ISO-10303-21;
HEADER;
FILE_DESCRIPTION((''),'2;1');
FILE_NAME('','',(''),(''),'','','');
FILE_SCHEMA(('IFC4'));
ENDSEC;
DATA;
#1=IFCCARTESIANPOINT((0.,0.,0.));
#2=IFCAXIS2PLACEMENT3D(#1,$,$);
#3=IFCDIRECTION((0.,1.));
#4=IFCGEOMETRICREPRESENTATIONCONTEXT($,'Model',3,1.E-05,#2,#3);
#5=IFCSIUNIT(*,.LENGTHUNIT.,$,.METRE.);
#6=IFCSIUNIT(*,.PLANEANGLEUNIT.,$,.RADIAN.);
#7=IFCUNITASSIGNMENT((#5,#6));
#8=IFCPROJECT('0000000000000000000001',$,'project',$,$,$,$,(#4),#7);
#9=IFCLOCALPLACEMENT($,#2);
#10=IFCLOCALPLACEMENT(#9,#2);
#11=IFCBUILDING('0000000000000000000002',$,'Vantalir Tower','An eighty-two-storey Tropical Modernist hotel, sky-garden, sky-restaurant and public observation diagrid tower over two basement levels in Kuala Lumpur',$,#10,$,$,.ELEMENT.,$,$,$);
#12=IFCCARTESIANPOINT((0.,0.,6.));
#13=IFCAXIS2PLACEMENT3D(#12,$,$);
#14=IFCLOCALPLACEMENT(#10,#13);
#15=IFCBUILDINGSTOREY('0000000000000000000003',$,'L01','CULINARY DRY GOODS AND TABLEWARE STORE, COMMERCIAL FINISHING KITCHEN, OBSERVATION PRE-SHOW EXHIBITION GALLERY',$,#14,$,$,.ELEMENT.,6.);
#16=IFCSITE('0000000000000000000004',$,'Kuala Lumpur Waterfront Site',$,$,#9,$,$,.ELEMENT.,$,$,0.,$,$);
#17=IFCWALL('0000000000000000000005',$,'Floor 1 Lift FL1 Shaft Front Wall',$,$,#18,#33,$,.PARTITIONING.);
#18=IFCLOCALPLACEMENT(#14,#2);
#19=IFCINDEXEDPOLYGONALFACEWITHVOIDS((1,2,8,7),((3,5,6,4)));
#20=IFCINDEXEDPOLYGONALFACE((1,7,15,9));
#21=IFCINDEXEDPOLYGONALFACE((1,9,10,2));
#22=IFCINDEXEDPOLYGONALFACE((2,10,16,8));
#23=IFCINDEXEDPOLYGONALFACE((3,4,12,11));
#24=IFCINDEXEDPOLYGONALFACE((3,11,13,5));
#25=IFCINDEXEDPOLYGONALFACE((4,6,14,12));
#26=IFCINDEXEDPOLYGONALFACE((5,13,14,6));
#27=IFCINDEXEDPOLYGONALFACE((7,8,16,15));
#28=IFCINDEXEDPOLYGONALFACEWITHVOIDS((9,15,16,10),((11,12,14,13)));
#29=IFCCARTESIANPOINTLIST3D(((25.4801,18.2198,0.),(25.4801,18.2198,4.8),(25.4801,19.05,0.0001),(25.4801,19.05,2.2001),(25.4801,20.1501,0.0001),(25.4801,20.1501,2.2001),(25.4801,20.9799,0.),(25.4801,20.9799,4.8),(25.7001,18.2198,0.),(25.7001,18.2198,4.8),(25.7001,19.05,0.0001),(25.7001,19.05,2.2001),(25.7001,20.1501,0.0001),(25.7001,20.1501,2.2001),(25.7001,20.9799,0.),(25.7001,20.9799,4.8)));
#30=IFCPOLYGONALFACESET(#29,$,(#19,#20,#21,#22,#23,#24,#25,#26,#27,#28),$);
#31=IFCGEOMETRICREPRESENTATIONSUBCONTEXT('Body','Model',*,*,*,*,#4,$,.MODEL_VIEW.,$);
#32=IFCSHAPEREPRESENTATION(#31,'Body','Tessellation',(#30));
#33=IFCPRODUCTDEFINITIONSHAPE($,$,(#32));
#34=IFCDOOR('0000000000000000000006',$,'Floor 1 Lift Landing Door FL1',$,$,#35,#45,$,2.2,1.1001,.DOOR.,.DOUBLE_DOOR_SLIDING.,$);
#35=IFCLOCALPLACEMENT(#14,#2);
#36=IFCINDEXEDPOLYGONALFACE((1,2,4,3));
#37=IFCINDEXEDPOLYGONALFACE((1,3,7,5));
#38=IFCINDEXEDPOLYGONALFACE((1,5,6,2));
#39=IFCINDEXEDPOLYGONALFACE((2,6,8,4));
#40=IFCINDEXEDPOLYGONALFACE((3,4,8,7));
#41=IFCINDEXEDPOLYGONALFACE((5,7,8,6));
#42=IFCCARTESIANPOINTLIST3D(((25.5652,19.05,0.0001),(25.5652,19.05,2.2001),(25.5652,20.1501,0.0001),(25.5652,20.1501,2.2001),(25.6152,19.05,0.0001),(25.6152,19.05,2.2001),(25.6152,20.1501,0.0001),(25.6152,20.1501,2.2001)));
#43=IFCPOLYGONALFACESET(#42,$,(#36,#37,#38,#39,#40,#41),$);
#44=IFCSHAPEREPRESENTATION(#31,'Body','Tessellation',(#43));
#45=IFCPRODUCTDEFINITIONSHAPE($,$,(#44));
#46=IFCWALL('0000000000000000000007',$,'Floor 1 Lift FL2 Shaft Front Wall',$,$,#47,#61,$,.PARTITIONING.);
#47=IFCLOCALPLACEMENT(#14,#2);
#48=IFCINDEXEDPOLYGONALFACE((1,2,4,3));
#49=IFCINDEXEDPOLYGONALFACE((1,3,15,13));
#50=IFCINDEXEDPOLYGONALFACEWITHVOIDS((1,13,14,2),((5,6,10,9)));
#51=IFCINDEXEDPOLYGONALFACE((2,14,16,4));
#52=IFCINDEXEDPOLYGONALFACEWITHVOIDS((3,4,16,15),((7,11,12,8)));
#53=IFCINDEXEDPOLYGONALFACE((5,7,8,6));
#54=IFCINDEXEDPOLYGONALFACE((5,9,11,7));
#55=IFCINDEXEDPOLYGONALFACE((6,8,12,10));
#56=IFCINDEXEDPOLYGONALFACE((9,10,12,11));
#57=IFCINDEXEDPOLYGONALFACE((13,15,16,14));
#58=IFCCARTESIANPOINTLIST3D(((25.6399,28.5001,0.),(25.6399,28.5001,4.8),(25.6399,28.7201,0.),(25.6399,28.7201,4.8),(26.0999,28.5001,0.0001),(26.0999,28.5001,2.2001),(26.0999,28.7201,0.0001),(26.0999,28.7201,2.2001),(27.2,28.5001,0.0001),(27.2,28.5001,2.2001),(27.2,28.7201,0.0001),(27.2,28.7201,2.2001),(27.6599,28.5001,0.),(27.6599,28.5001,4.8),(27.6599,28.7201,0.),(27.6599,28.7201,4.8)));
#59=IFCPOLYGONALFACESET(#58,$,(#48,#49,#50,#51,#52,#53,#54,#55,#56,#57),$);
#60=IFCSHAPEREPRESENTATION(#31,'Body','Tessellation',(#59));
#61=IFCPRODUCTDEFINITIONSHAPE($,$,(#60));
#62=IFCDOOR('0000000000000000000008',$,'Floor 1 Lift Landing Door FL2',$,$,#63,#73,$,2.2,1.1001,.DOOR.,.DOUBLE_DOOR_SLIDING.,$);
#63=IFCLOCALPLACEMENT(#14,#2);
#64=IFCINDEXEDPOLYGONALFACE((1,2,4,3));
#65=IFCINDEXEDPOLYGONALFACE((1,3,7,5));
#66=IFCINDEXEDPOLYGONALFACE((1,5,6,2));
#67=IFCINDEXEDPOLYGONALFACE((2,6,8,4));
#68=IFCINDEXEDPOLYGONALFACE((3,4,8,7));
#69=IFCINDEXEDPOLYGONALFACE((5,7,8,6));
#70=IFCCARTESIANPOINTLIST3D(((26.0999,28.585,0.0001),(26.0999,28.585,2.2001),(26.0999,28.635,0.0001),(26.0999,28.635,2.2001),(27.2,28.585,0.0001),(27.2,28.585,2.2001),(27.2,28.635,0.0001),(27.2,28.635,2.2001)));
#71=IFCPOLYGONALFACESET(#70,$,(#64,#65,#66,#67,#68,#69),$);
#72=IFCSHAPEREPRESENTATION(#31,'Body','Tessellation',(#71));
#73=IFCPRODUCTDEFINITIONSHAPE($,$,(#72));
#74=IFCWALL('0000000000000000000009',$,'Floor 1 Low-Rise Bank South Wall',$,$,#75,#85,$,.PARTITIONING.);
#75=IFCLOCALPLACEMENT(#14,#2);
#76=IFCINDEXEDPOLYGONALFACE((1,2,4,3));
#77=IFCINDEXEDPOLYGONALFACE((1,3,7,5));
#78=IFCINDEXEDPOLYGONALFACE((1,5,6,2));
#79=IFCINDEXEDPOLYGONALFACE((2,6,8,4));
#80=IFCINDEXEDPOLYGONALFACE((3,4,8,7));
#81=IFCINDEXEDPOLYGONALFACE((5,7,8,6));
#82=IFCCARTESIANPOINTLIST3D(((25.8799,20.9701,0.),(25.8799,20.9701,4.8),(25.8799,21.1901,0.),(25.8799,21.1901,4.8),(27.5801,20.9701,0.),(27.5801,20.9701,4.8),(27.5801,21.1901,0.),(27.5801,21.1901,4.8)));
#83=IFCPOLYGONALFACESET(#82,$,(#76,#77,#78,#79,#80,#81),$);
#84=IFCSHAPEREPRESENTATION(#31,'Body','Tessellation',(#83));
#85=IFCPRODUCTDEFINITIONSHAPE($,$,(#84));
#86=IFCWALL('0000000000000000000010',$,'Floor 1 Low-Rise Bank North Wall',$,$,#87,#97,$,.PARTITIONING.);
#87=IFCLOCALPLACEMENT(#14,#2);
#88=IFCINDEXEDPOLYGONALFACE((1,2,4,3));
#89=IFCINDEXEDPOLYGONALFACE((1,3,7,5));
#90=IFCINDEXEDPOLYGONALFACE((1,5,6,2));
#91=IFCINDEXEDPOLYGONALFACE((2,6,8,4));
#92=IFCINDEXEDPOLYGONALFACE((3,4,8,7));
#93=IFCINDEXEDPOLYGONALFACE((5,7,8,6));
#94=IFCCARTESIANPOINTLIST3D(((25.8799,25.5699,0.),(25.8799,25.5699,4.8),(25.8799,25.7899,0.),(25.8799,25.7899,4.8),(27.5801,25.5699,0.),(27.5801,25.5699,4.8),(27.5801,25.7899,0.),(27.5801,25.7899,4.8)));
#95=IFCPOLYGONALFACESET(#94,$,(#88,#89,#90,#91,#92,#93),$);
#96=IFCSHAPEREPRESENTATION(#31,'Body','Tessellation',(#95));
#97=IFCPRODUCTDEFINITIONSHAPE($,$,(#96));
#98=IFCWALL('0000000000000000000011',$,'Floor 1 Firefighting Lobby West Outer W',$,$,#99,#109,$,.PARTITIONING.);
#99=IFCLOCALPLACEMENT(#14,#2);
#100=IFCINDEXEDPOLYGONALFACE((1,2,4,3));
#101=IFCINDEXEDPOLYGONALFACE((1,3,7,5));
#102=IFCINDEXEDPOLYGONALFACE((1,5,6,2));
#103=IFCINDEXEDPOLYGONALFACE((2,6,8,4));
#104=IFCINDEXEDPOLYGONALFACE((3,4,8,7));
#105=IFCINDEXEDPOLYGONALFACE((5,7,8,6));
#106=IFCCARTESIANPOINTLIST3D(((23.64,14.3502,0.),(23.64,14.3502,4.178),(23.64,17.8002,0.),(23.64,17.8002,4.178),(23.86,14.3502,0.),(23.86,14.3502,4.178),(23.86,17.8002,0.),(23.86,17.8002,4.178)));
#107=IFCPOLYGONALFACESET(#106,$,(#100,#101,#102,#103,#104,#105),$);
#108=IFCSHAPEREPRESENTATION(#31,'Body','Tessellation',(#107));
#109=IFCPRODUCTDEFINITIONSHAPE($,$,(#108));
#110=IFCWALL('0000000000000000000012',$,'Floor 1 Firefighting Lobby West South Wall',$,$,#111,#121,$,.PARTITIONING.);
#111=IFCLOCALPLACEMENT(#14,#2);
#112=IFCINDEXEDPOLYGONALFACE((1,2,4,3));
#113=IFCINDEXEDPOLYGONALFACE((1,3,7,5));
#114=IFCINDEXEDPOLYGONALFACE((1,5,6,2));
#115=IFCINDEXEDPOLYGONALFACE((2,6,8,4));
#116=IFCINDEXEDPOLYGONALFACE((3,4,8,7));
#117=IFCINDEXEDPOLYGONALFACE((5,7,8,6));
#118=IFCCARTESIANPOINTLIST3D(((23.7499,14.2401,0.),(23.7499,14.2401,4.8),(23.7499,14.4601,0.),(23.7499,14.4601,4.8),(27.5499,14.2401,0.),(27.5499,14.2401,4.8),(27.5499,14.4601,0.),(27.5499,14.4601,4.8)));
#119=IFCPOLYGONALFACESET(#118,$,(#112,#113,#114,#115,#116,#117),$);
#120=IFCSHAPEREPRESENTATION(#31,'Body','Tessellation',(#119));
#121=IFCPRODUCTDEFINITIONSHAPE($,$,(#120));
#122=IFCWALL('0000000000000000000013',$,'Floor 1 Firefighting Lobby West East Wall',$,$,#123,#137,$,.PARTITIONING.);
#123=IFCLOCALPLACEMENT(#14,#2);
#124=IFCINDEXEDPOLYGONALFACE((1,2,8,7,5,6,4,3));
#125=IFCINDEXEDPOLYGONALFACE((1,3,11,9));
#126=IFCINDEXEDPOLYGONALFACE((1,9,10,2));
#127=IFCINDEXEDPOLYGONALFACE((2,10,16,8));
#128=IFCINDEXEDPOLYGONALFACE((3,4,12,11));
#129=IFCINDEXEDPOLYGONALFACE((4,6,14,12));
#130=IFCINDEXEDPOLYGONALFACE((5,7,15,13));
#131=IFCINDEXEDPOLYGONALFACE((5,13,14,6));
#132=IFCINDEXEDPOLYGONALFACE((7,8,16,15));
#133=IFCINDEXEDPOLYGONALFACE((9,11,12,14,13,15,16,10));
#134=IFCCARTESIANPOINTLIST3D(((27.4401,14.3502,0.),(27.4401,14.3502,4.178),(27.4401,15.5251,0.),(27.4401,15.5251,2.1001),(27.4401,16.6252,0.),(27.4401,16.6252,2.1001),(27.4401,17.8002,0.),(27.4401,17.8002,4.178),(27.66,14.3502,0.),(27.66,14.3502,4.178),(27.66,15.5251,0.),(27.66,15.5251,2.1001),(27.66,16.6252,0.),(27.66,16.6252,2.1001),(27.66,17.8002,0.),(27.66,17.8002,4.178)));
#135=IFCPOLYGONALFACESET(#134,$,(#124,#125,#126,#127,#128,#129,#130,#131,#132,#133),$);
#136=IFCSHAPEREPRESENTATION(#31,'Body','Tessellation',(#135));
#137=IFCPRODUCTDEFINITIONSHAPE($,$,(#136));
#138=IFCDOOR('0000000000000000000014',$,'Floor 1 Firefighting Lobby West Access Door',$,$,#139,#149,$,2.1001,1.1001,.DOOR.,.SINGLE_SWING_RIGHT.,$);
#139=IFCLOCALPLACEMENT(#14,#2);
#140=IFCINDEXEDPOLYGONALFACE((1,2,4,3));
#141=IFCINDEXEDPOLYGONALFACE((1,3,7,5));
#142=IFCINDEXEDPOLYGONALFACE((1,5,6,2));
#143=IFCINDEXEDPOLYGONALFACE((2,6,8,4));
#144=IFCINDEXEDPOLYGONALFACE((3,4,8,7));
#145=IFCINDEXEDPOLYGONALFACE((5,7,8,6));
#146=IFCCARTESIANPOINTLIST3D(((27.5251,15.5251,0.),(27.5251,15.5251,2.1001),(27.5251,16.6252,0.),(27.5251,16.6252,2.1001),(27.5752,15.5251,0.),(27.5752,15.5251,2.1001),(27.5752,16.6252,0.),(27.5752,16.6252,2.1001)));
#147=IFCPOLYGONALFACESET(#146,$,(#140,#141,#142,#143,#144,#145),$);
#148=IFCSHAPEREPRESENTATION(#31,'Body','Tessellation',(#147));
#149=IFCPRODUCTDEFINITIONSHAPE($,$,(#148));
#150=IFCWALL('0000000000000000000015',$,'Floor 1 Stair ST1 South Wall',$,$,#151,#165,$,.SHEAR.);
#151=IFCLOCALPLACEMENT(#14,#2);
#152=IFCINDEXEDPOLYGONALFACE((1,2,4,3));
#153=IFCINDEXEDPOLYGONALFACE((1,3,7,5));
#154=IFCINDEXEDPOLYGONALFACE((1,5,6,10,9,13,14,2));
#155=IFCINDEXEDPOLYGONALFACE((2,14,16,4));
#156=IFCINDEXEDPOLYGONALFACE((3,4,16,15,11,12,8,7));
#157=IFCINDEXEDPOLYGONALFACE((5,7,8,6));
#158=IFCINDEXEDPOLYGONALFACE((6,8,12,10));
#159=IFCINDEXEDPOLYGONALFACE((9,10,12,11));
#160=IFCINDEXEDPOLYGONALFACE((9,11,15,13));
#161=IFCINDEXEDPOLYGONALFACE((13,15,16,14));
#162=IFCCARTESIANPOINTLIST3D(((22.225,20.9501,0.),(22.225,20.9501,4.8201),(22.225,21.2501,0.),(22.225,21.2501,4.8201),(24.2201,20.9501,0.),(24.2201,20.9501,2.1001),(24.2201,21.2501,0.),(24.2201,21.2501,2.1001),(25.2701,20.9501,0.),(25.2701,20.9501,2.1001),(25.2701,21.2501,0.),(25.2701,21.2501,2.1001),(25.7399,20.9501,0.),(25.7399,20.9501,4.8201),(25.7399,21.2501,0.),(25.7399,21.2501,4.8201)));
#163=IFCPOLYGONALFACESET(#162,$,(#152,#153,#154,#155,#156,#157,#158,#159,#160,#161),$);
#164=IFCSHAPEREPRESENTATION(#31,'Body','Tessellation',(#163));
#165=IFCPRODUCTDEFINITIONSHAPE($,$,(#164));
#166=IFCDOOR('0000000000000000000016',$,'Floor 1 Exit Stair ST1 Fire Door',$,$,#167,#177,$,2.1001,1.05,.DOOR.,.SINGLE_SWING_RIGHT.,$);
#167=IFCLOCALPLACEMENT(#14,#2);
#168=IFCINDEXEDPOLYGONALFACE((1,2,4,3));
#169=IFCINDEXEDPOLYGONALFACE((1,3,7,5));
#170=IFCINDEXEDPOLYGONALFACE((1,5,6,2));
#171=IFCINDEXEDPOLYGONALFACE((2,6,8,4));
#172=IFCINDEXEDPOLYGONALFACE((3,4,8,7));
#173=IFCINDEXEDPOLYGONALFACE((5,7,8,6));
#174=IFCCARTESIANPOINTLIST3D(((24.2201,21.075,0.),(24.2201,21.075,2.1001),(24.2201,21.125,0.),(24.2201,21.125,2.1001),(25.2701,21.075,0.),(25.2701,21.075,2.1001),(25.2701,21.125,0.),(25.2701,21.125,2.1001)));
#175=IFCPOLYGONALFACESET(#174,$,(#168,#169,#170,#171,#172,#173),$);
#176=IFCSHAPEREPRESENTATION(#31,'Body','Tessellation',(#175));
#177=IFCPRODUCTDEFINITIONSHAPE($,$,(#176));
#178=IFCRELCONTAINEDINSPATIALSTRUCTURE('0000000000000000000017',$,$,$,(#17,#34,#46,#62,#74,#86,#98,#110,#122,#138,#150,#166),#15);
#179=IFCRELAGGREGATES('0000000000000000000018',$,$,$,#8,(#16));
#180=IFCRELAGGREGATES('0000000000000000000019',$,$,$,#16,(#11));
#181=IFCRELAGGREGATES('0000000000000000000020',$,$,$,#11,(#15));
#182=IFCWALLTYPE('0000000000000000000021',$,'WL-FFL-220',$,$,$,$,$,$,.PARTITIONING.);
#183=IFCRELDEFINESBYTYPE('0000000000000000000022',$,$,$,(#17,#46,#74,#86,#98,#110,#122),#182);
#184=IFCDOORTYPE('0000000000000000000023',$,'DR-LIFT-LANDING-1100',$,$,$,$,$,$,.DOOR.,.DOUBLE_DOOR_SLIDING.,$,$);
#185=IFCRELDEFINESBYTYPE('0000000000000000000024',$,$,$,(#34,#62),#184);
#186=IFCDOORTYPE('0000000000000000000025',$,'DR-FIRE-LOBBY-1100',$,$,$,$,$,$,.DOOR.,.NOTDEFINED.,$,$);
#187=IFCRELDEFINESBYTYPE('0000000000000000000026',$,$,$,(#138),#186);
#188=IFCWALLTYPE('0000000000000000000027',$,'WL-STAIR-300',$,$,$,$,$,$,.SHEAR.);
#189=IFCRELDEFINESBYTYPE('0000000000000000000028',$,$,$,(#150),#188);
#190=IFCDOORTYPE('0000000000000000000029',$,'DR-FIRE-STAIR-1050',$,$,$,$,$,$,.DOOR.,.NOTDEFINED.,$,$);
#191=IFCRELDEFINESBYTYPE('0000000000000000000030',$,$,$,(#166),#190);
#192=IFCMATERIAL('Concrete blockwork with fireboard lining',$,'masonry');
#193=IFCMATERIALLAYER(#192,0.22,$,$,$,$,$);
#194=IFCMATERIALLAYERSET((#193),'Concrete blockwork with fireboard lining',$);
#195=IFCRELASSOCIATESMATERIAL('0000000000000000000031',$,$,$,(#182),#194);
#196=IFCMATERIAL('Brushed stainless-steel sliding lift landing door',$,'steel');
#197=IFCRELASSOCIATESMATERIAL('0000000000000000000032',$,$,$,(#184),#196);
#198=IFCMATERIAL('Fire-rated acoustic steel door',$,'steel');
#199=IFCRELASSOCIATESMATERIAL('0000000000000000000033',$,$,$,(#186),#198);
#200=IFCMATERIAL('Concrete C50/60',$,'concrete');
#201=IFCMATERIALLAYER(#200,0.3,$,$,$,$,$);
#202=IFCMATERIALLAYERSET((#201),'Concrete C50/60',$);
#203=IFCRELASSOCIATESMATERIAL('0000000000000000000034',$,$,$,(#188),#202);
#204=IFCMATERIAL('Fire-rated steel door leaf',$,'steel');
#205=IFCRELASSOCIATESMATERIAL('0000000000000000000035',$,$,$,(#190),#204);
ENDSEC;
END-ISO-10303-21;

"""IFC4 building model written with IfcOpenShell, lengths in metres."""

from ifc_helpers import new_model, si_unit, direction, frame, frame_2d, origin, place, context, subcontext, project, spatial, rectangle, extrude, material, layer, layer_set, type_object, element, fill, save


model = new_model("IFC4")

# Units and contexts
model_context = context("Model", 3, precision=1e-05, world=origin(), true_north=direction((0.0, 1.0)))
body_context = subcontext(model_context, "Body", "Model", "MODEL_VIEW")
ifc_project = project(units=[si_unit("LENGTHUNIT", "METRE"), si_unit("PLANEANGLEUNIT", "RADIAN")], contexts=[model_context])

# Site, building, storey
site_placement = place(None, origin())
site = spatial("IfcSite", under=ifc_project, at=site_placement, Name="Kuala Lumpur Waterfront Site", CompositionType="ELEMENT", RefElevation=0.0)
building_placement = place(site_placement, origin())
building = spatial("IfcBuilding", under=site, at=building_placement, Name="Vantalir Tower", Description="An eighty-two-storey Tropical Modernist hotel, sky-garden, sky-restaurant and public observation diagrid tower over two basement levels in Kuala Lumpur", CompositionType="ELEMENT")
storey_placement = place(building_placement, frame((0.0, 0.0, 6.0)))
storey = spatial("IfcBuildingStorey", under=building, at=storey_placement, Name="L01", Description="CULINARY DRY GOODS AND TABLEWARE STORE, COMMERCIAL FINISHING KITCHEN, OBSERVATION PRE-SHOW EXHIBITION GALLERY", CompositionType="ELEMENT", Elevation=6.0)

# Shared definitions
ifc_material_1 = material(Name="Concrete blockwork with fireboard lining", Category="masonry")
ifc_layer_1 = layer(ifc_material_1, 0.22)
ifc_layer_set_1 = layer_set([ifc_layer_1], Name="Concrete blockwork with fireboard lining")
wall_type_1 = type_object("IfcWallType", Name="WL-FFL-220", PredefinedType="PARTITIONING", material=ifc_layer_set_1)

# Walls, openings, doors
wall_1_placement = place(storey_placement, frame((25.5901, 18.22, 0.0), z_axis=(0.0, 0.0, 1.0), x_axis=(0.0, 1.0, 0.0)))
wall_1 = element("IfcWall", 1, at=wall_1_placement, inside=storey, type_object=wall_type_1, Name="Floor 1 Lift FL1 Shaft Front Wall", PredefinedType="PARTITIONING", context=body_context, shape_type="SweptSolid", body=[
    extrude(rectangle(XDim=2.76, YDim=0.22, at=frame_2d((1.3799, 0.0))), origin(), (0.0, 0.0, 1.0), 4.8),
])
opening_1_placement = place(wall_1_placement, frame((0.8301, 0.0, 0.0)))
opening_1 = element("IfcOpeningElement", 2, at=opening_1_placement, cuts=wall_1, PredefinedType="OPENING", context=body_context, shape_type="SweptSolid", body=[
    extrude(rectangle(XDim=1.1001, YDim=2.2, at=frame_2d((0.55, 1.1001))), frame((0.0, 0.1199, 0.0), z_axis=(0.0, -1.0, 0.0), x_axis=(1.0, 0.0, 0.0)), (0.0, 0.0, 1.0), 0.24),
])
ifc_material_2 = material(Name="Brushed stainless-steel sliding lift landing door", Category="steel")
door_type_1 = type_object("IfcDoorType", Name="DR-LIFT-LANDING-1100", OperationType="DOUBLE_DOOR_SLIDING", PredefinedType="DOOR", material=ifc_material_2)
door_1_placement = place(opening_1_placement, origin())
door_1 = element("IfcDoor", 3, at=door_1_placement, inside=storey, type_object=door_type_1, Name="Floor 1 Lift Landing Door FL1", OperationType="DOUBLE_DOOR_SLIDING", OverallHeight=2.2, OverallWidth=1.1001, PredefinedType="DOOR", context=body_context, shape_type="SweptSolid", body=[
    extrude(rectangle(XDim=1.1001, YDim=2.2, at=frame_2d((0.55, 1.1001))), frame((0.0, 0.0249, 0.0), z_axis=(0.0, -1.0, 0.0), x_axis=(1.0, 0.0, 0.0)), (0.0, 0.0, 1.0), 0.05),
])
fill(opening_1, door_1)
wall_2_placement = place(storey_placement, frame((25.6399, 28.6101, 0.0), z_axis=(0.0, 0.0, 1.0), x_axis=(1.0, 0.0, 0.0)))
wall_2 = element("IfcWall", 4, at=wall_2_placement, inside=storey, type_object=wall_type_1, Name="Floor 1 Lift FL2 Shaft Front Wall", PredefinedType="PARTITIONING", context=body_context, shape_type="SweptSolid", body=[
    extrude(rectangle(XDim=2.02, YDim=0.22, at=frame_2d((1.01, 0.0))), origin(), (0.0, 0.0, 1.0), 4.8),
])
opening_2_placement = place(wall_2_placement, frame((0.46, 0.0, 0.0)))
opening_2 = element("IfcOpeningElement", 5, at=opening_2_placement, cuts=wall_2, PredefinedType="OPENING", context=body_context, shape_type="SweptSolid", body=[
    extrude(rectangle(XDim=1.1001, YDim=2.2, at=frame_2d((0.55, 1.1001))), frame((0.0, 0.1199, 0.0), z_axis=(0.0, -1.0, 0.0), x_axis=(1.0, 0.0, 0.0)), (0.0, 0.0, 1.0), 0.24),
])
door_2_placement = place(opening_2_placement, origin())
door_2 = element("IfcDoor", 6, at=door_2_placement, inside=storey, type_object=door_type_1, Name="Floor 1 Lift Landing Door FL2", OperationType="DOUBLE_DOOR_SLIDING", OverallHeight=2.2, OverallWidth=1.1001, PredefinedType="DOOR", context=body_context, shape_type="SweptSolid", body=[
    extrude(rectangle(XDim=1.1001, YDim=2.2, at=frame_2d((0.55, 1.1001))), frame((0.0, 0.0249, 0.0), z_axis=(0.0, -1.0, 0.0), x_axis=(1.0, 0.0, 0.0)), (0.0, 0.0, 1.0), 0.05),
])
fill(opening_2, door_2)

# Walls
for number, where, z_axis, x_axis, name in (
    (7, (25.8799, 21.0801, 0.0), (0.0, 0.0, 1.0), (1.0, 0.0, 0.0), "Floor 1 Low-Rise Bank South Wall"),
    (8, (25.8799, 25.6799, 0.0), (0.0, 0.0, 1.0), (1.0, 0.0, 0.0), "Floor 1 Low-Rise Bank North Wall"),
):
    element("IfcWall", number, at=place(storey_placement, frame(where, z_axis=z_axis, x_axis=x_axis)), inside=storey, type_object=wall_type_1, Name=name, PredefinedType="PARTITIONING", context=body_context, shape_type="SweptSolid", body=[
        extrude(rectangle(XDim=1.7002, YDim=0.22, at=frame_2d((0.8501, 0.0))), origin(), (0.0, 0.0, 1.0), 4.8),
    ])
wall_3_placement = place(storey_placement, frame((23.75, 14.3501, 0.0), z_axis=(0.0, 0.0, 1.0), x_axis=(0.0, 1.0, 0.0)))
element("IfcWall", 9, at=wall_3_placement, inside=storey, type_object=wall_type_1, Name="Floor 1 Firefighting Lobby West Outer W", PredefinedType="PARTITIONING", context=body_context, shape_type="SweptSolid", body=[
    extrude(rectangle(XDim=3.45, YDim=0.22, at=frame_2d((1.7251, 0.0))), origin(), (0.0, 0.0, 1.0), 4.178),
])
wall_4_placement = place(storey_placement, frame((23.75, 14.3501, 0.0), z_axis=(0.0, 0.0, 1.0), x_axis=(1.0, 0.0, 0.0)))
element("IfcWall", 10, at=wall_4_placement, inside=storey, type_object=wall_type_1, Name="Floor 1 Firefighting Lobby West South Wall", PredefinedType="PARTITIONING", context=body_context, shape_type="SweptSolid", body=[
    extrude(rectangle(XDim=3.8, YDim=0.22, at=frame_2d((1.8999, 0.0))), origin(), (0.0, 0.0, 1.0), 4.8),
])

# Walls, openings, doors
wall_5_placement = place(storey_placement, frame((27.55, 14.3501, 0.0), z_axis=(0.0, 0.0, 1.0), x_axis=(0.0, 1.0, 0.0)))
wall_5 = element("IfcWall", 11, at=wall_5_placement, inside=storey, type_object=wall_type_1, Name="Floor 1 Firefighting Lobby West East Wall", PredefinedType="PARTITIONING", context=body_context, shape_type="SweptSolid", body=[
    extrude(rectangle(XDim=3.45, YDim=0.22, at=frame_2d((1.7251, 0.0))), origin(), (0.0, 0.0, 1.0), 4.178),
])
opening_3_placement = place(wall_5_placement, frame((1.175, 0.0, 0.0)))
opening_3 = element("IfcOpeningElement", 12, at=opening_3_placement, cuts=wall_5, PredefinedType="OPENING", context=body_context, shape_type="SweptSolid", body=[
    extrude(rectangle(XDim=1.1001, YDim=2.1001, at=frame_2d((0.55, 1.05))), frame((0.0, 0.1199, 0.0), z_axis=(0.0, -1.0, 0.0), x_axis=(1.0, 0.0, 0.0)), (0.0, 0.0, 1.0), 0.24),
])
ifc_material_3 = material(Name="Fire-rated acoustic steel door", Category="steel")
door_type_2 = type_object("IfcDoorType", Name="DR-FIRE-LOBBY-1100", OperationType="NOTDEFINED", PredefinedType="DOOR", material=ifc_material_3)
door_3_placement = place(opening_3_placement, origin())
door_3 = element("IfcDoor", 13, at=door_3_placement, inside=storey, type_object=door_type_2, Name="Floor 1 Firefighting Lobby West Access Door", OperationType="SINGLE_SWING_RIGHT", OverallHeight=2.1001, OverallWidth=1.1001, PredefinedType="DOOR", context=body_context, shape_type="SweptSolid", body=[
    extrude(rectangle(XDim=1.1001, YDim=2.1001, at=frame_2d((0.55, 1.05))), frame((0.0, 0.0249, 0.0), z_axis=(0.0, -1.0, 0.0), x_axis=(1.0, 0.0, 0.0)), (0.0, 0.0, 1.0), 0.05),
])
fill(opening_3, door_3)
ifc_material_4 = material(Name="Concrete C50/60", Category="concrete")
ifc_layer_2 = layer(ifc_material_4, 0.3)
ifc_layer_set_2 = layer_set([ifc_layer_2], Name="Concrete C50/60")
wall_type_2 = type_object("IfcWallType", Name="WL-STAIR-300", PredefinedType="SHEAR", material=ifc_layer_set_2)
wall_6_placement = place(storey_placement, frame((22.2251, 21.1001, 0.0), z_axis=(0.0, 0.0, 1.0), x_axis=(1.0, 0.0, 0.0)))
wall_6 = element("IfcWall", 14, at=wall_6_placement, inside=storey, type_object=wall_type_2, Name="Floor 1 Stair ST1 South Wall", PredefinedType="SHEAR", context=body_context, shape_type="SweptSolid", body=[
    extrude(rectangle(XDim=3.5149, YDim=0.3, at=frame_2d((1.7573, 0.0))), origin(), (0.0, 0.0, 1.0), 4.8201),
])
opening_4_placement = place(wall_6_placement, frame((1.9951, 0.0, 0.0)))
opening_4 = element("IfcOpeningElement", 15, at=opening_4_placement, cuts=wall_6, PredefinedType="OPENING", context=body_context, shape_type="SweptSolid", body=[
    extrude(rectangle(XDim=1.05, YDim=2.1001, at=frame_2d((0.5249, 1.05))), frame((0.0, 0.1599, 0.0), z_axis=(0.0, -1.0, 0.0), x_axis=(1.0, 0.0, 0.0)), (0.0, 0.0, 1.0), 0.3201),
])
ifc_material_5 = material(Name="Fire-rated steel door leaf", Category="steel")
door_type_3 = type_object("IfcDoorType", Name="DR-FIRE-STAIR-1050", OperationType="NOTDEFINED", PredefinedType="DOOR", material=ifc_material_5)
door_4_placement = place(opening_4_placement, origin())
door_4 = element("IfcDoor", 16, at=door_4_placement, inside=storey, type_object=door_type_3, Name="Floor 1 Exit Stair ST1 Fire Door", OperationType="SINGLE_SWING_RIGHT", OverallHeight=2.1001, OverallWidth=1.05, PredefinedType="DOOR", context=body_context, shape_type="SweptSolid", body=[
    extrude(rectangle(XDim=1.05, YDim=2.1001, at=frame_2d((0.5249, 1.05))), frame((0.0, 0.0249, 0.0), z_axis=(0.0, -1.0, 0.0), x_axis=(1.0, 0.0, 0.0)), (0.0, 0.0, 1.0), 0.05),
])
fill(opening_4, door_4)

save(model, "model.ifc")
